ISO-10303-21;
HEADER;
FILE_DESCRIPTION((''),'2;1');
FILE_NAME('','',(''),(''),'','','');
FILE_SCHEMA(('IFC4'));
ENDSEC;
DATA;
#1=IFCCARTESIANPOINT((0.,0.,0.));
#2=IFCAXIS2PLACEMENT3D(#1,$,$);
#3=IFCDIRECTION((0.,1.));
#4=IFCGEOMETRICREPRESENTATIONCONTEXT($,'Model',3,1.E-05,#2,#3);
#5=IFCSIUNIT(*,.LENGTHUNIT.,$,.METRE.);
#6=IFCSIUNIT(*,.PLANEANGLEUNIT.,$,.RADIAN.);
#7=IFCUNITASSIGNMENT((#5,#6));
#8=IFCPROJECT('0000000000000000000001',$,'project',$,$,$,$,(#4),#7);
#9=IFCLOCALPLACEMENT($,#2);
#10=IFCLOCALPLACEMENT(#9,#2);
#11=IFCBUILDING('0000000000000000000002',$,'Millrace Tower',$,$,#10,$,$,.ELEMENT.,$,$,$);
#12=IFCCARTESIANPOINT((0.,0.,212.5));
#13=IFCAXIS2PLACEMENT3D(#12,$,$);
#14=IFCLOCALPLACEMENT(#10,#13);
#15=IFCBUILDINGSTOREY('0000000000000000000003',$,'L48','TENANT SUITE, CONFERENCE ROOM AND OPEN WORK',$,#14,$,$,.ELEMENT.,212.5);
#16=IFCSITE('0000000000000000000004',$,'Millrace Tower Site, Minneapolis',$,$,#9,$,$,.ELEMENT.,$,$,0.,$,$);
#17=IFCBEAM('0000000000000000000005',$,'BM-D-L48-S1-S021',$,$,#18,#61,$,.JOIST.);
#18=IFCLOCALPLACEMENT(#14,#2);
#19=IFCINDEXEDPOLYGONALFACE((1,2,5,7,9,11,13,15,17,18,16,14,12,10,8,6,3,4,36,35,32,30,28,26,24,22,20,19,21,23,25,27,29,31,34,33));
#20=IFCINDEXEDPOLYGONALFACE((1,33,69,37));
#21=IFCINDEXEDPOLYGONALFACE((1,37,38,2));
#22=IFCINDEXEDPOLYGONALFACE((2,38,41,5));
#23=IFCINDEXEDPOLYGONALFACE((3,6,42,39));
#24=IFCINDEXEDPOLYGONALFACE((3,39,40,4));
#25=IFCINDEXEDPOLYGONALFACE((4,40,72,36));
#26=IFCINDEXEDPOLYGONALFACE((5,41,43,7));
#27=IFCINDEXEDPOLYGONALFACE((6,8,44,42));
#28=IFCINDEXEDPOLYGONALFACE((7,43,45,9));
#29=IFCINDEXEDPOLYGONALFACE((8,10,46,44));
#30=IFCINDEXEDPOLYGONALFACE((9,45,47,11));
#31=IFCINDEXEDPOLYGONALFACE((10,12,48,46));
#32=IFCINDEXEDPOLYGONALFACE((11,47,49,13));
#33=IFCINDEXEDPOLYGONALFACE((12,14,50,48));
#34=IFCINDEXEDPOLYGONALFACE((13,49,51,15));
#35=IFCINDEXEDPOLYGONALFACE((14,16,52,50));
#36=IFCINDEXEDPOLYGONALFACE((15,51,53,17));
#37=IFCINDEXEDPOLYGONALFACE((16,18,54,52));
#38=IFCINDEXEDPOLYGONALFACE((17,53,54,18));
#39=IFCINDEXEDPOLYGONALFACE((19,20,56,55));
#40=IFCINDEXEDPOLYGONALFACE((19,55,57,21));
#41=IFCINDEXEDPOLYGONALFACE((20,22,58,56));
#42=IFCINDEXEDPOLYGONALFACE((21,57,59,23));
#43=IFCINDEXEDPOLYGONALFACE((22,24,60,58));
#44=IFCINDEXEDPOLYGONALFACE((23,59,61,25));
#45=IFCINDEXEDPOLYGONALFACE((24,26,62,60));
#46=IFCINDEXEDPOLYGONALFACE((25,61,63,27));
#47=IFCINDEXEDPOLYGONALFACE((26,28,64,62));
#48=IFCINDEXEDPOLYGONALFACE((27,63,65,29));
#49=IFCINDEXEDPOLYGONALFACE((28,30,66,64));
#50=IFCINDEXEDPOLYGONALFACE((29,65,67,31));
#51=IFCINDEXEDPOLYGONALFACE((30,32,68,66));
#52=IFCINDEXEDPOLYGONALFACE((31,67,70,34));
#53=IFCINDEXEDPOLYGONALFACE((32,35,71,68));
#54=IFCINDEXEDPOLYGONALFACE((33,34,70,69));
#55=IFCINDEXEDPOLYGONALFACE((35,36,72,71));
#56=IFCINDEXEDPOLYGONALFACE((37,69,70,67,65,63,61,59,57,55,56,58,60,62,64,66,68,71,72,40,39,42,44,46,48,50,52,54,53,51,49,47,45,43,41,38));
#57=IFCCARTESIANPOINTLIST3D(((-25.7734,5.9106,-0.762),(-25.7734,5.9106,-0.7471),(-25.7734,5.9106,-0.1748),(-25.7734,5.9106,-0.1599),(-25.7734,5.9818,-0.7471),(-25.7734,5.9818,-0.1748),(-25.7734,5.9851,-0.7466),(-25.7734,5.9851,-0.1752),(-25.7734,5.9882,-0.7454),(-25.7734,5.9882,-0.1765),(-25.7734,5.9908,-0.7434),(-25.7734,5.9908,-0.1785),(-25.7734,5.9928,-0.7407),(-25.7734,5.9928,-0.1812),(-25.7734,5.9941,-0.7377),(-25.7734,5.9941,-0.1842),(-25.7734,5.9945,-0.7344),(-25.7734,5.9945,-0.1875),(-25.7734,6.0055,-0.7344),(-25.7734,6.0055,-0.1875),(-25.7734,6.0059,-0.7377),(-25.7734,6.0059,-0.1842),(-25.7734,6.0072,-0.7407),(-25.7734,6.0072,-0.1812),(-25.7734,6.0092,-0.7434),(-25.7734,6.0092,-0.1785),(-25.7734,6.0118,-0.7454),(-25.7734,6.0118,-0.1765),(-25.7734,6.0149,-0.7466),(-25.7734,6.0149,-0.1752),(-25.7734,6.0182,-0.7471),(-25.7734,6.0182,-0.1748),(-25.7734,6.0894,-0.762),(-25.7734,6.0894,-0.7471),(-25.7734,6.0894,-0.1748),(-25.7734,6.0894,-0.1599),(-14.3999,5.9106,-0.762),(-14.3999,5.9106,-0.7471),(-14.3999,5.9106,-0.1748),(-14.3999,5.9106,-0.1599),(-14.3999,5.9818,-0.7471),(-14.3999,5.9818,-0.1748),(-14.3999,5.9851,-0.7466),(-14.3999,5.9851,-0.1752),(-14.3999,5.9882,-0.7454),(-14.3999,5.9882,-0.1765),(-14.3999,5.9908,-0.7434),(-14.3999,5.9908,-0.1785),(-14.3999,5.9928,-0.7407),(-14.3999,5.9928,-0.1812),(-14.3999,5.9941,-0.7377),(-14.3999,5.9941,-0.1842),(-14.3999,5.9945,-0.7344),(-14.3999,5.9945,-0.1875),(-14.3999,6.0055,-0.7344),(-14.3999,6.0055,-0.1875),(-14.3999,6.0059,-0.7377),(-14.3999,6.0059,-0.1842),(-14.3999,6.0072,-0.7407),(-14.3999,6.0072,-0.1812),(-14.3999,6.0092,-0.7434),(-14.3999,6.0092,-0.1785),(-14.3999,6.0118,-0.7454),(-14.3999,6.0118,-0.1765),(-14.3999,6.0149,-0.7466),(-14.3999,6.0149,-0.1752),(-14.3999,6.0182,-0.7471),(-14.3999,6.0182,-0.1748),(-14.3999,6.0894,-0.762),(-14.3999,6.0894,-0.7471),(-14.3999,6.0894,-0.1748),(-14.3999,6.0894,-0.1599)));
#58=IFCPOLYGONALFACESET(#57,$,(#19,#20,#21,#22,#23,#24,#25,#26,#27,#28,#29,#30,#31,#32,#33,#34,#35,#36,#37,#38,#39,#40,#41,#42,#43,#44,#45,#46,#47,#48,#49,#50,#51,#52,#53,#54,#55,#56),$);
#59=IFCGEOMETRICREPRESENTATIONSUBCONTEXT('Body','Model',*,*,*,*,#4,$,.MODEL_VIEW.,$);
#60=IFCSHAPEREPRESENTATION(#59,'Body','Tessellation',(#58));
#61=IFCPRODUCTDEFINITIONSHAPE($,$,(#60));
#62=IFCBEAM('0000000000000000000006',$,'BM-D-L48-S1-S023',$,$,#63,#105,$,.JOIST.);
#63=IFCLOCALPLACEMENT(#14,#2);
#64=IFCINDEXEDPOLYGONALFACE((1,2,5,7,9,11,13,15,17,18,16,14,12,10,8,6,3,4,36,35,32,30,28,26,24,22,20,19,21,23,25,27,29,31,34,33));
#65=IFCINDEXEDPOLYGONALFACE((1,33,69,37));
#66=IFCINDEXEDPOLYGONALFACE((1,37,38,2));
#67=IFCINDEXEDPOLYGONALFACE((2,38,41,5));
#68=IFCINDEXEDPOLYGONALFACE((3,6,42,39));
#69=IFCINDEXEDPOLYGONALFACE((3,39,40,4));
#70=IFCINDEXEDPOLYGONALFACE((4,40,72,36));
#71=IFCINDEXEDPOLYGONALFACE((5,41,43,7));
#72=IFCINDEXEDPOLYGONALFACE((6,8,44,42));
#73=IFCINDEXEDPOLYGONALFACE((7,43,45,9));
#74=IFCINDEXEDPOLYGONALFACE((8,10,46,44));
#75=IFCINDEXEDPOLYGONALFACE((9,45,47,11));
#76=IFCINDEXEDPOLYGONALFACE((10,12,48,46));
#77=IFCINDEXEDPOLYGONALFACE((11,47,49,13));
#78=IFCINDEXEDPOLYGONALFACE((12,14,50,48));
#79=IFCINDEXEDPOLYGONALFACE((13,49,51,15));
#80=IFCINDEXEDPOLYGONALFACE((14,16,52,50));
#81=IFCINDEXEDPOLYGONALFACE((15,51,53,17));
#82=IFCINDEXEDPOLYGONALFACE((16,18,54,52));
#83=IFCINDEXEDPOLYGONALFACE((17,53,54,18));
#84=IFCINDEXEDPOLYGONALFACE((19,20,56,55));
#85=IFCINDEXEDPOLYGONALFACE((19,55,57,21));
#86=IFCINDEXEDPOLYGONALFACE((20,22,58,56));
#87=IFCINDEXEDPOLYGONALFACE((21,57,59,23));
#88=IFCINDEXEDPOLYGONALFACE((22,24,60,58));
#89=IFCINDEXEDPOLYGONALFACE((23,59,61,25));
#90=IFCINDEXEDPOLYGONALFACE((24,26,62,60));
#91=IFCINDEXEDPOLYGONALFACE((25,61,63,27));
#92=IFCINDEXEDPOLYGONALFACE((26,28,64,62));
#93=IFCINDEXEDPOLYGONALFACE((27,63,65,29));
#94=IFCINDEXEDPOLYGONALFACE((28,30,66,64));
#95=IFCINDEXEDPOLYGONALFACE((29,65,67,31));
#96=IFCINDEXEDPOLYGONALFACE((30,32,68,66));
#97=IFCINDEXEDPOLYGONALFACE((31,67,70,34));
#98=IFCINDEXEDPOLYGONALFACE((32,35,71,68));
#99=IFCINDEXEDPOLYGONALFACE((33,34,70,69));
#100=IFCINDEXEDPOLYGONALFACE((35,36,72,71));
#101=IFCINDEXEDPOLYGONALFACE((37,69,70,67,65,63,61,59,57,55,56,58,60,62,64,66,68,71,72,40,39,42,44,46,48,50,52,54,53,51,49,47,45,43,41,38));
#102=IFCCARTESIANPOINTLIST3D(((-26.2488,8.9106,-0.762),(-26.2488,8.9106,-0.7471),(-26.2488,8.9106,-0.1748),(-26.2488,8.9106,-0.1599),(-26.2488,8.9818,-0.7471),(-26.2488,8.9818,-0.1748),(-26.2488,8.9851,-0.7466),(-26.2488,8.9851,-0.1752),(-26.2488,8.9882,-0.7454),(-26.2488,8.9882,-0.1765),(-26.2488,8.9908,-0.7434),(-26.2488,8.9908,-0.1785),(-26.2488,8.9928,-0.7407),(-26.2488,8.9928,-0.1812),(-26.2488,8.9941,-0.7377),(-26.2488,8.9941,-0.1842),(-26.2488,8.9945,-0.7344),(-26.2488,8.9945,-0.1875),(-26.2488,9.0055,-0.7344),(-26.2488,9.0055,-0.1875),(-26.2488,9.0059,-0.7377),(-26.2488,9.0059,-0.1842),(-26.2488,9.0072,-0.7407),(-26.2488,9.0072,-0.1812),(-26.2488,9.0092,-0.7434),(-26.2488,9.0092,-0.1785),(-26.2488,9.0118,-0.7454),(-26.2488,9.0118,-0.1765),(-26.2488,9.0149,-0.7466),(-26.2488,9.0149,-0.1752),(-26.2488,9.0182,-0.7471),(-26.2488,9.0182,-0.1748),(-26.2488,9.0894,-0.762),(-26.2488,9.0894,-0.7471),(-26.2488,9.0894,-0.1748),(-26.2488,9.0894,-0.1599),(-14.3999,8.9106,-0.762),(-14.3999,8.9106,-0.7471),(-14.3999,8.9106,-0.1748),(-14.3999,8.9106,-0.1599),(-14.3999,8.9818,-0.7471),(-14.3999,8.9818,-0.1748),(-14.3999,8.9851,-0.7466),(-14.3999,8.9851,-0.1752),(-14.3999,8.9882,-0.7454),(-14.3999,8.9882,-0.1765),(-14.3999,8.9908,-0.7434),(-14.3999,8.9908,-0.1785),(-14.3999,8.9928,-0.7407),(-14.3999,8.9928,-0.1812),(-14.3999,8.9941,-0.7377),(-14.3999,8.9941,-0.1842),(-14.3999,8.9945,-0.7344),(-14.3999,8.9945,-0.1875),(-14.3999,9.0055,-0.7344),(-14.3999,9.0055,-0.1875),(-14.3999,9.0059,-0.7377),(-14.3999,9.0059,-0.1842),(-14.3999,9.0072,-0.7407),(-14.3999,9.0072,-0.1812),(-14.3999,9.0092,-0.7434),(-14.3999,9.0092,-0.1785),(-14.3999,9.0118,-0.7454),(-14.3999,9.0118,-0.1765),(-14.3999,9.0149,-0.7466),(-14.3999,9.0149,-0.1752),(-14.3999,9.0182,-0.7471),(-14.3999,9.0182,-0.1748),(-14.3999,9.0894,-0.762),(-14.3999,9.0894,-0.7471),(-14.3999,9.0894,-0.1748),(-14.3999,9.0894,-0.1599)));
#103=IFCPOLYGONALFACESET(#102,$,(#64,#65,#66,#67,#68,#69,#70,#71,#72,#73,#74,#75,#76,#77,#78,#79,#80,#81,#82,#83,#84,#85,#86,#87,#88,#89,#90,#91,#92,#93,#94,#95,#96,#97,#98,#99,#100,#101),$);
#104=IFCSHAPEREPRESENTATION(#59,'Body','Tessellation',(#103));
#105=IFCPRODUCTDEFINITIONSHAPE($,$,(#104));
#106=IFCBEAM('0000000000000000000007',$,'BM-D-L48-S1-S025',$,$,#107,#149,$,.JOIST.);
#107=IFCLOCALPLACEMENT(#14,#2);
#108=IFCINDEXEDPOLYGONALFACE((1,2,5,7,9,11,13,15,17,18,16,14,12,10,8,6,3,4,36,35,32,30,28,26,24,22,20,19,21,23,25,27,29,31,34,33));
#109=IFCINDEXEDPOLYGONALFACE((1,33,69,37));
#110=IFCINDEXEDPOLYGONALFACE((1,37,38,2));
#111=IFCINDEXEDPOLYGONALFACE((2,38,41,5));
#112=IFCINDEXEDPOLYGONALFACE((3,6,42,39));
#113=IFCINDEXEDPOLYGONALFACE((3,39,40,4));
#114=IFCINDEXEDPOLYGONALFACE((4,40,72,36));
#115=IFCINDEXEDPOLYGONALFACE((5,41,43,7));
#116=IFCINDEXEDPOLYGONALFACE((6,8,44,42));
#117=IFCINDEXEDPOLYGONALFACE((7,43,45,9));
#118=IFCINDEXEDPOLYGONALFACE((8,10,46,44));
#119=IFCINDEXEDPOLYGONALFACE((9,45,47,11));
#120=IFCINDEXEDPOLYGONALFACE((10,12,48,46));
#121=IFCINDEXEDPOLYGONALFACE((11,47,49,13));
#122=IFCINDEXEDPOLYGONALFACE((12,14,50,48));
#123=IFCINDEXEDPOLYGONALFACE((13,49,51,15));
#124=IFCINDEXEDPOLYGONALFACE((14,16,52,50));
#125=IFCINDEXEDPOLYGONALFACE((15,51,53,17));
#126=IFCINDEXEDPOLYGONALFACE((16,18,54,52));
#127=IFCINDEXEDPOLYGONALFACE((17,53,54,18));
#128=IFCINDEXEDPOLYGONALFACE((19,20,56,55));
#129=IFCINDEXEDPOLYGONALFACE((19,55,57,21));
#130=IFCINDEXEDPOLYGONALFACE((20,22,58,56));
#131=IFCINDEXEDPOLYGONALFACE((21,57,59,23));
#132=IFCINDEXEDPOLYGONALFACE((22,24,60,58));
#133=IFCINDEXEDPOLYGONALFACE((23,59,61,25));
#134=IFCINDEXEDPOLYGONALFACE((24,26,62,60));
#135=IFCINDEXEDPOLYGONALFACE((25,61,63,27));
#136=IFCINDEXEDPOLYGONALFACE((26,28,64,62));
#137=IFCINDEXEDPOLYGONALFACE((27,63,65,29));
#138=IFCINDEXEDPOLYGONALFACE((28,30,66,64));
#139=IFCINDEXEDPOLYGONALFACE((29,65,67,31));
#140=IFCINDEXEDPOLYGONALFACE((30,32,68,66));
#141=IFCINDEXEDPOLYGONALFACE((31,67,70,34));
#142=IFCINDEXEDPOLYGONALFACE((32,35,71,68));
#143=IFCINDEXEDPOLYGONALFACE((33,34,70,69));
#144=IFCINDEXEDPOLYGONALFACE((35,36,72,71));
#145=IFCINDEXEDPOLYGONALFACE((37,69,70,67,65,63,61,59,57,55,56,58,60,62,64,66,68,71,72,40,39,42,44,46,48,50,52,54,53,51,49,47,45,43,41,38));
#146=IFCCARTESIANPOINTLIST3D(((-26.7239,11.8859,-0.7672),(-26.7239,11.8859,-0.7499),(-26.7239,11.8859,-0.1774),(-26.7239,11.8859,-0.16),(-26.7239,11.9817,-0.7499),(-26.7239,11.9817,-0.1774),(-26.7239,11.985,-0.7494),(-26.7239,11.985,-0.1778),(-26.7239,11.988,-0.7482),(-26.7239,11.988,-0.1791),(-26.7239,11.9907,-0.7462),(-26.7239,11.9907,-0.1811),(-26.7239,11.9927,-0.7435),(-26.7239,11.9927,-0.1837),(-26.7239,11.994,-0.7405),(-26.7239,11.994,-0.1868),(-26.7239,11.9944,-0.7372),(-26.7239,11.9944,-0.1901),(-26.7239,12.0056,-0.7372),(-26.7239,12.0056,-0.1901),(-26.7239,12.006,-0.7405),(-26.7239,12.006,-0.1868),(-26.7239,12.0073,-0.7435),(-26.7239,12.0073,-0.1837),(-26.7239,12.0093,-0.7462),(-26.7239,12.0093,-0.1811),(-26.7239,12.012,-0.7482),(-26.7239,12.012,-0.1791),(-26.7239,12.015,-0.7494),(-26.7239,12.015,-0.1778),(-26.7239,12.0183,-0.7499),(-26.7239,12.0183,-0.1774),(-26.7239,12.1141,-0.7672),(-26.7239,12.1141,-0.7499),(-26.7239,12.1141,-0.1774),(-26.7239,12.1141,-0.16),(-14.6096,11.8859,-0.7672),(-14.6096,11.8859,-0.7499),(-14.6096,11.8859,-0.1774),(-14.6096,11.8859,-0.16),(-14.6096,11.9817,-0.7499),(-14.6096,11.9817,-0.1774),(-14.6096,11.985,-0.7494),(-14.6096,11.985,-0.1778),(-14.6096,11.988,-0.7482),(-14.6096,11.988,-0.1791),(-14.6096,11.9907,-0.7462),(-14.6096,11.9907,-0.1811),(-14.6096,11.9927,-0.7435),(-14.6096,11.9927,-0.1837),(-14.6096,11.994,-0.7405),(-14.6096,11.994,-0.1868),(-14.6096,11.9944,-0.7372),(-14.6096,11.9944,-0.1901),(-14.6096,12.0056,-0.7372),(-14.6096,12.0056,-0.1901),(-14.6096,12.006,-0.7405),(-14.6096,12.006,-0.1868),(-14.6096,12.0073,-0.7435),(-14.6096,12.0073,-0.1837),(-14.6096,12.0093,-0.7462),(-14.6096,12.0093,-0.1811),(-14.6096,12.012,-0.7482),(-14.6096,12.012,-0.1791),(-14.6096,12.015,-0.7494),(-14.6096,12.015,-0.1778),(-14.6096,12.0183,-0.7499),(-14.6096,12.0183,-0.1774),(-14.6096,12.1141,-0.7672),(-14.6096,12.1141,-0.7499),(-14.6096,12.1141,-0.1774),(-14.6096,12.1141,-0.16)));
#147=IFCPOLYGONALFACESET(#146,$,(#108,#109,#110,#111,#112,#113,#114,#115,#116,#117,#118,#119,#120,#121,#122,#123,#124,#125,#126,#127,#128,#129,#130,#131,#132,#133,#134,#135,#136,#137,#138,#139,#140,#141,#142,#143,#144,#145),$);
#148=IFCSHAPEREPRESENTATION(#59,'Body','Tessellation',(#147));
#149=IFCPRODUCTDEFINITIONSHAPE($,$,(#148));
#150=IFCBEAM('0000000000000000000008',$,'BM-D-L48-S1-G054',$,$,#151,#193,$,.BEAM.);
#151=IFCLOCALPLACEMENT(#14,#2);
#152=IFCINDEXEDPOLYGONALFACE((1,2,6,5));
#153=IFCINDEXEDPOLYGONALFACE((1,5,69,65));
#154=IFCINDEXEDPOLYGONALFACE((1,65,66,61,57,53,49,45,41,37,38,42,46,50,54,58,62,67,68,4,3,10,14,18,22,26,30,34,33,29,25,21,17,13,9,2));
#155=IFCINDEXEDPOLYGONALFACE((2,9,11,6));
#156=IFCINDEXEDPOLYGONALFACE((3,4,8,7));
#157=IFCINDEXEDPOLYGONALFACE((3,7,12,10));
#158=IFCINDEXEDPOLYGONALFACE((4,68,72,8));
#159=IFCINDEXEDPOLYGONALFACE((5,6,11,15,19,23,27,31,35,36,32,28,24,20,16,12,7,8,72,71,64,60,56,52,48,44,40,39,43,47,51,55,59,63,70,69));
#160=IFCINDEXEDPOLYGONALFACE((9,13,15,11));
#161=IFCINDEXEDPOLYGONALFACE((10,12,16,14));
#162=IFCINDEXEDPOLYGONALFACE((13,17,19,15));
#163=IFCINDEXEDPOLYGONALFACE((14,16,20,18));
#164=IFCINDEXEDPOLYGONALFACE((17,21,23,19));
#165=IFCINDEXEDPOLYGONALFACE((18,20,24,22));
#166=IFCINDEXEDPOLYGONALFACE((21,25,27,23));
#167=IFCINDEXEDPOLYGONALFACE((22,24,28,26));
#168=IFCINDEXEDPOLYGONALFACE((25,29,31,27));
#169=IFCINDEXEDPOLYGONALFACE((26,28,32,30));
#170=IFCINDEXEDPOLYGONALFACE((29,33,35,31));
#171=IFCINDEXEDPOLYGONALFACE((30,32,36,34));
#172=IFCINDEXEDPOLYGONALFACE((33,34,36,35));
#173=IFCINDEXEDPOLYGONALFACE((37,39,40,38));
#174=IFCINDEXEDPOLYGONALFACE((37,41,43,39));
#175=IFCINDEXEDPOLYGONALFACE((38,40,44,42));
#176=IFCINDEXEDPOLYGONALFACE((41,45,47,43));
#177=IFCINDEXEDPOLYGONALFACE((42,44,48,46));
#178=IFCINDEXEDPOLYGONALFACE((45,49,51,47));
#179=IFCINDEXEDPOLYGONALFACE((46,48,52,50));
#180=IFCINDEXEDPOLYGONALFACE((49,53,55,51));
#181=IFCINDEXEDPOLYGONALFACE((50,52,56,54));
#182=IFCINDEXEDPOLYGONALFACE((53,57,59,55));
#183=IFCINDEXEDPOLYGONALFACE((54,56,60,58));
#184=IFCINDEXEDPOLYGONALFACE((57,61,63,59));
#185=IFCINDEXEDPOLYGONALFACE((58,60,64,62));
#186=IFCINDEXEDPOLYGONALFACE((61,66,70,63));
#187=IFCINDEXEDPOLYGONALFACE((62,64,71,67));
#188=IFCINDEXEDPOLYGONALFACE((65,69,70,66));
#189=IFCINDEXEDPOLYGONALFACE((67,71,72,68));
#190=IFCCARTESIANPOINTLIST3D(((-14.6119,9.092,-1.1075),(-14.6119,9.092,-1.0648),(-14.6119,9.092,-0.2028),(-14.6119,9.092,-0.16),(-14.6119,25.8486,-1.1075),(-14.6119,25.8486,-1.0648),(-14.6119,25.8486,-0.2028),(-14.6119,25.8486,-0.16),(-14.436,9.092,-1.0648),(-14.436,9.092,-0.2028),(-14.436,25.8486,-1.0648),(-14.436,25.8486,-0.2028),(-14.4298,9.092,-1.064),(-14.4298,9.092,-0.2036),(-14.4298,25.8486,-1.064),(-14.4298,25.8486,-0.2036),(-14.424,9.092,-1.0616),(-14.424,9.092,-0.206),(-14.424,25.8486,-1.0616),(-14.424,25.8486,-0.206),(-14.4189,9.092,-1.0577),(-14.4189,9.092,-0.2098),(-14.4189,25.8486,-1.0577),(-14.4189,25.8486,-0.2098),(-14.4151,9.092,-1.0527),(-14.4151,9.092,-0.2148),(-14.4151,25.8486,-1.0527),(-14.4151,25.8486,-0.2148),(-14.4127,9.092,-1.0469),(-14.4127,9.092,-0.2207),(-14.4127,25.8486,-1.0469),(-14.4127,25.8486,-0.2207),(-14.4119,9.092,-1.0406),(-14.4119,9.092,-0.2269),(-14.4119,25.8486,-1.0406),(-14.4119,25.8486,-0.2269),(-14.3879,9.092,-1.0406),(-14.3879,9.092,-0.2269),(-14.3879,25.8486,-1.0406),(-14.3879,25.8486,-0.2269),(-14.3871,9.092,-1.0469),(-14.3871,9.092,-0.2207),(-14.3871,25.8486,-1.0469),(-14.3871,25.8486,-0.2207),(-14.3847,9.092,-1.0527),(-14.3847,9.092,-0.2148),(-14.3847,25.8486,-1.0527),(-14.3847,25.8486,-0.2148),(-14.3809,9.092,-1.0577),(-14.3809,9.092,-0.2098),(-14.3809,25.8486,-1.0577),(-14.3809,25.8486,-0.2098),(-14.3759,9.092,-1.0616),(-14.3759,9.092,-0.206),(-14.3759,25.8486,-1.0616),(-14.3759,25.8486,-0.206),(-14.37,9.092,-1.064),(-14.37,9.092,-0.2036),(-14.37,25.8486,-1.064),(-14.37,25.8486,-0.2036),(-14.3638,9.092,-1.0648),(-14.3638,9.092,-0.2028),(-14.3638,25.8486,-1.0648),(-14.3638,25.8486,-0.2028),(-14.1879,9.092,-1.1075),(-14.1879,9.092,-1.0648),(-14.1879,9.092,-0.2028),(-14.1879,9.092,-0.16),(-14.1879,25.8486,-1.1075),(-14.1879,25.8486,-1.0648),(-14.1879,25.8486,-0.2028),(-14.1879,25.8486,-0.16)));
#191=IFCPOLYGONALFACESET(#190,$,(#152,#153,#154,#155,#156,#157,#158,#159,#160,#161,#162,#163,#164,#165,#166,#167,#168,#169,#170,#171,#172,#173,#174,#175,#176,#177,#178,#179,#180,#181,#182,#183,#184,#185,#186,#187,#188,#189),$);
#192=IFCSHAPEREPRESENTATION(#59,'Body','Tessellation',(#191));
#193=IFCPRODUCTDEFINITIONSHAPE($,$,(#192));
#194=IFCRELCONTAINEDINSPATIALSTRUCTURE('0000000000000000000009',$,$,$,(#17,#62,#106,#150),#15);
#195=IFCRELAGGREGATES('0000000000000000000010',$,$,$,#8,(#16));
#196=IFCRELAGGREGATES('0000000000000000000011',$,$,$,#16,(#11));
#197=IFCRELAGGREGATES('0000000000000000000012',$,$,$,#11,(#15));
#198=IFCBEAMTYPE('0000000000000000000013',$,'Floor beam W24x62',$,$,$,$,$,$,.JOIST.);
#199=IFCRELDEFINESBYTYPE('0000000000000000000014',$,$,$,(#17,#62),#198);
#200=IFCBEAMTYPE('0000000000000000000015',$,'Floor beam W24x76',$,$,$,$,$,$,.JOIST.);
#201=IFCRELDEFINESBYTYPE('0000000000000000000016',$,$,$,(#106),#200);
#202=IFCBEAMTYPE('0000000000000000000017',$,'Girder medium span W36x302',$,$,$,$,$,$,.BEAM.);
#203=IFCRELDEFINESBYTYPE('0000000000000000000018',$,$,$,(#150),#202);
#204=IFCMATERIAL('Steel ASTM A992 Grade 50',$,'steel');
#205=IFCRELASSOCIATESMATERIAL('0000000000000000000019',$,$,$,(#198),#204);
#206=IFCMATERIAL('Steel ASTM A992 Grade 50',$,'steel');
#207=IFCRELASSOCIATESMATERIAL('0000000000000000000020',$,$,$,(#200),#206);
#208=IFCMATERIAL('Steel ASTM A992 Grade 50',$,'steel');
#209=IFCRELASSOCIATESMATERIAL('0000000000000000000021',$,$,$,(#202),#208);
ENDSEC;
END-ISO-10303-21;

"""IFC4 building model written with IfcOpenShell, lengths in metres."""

from ifc_helpers import new_model, si_unit, direction, frame, origin, origin_2d, place, context, subcontext, project, spatial, i_section, extrude, material, material_profile, profile_set, type_object, element, save


model = new_model("IFC4")

# Units and contexts
model_context = context("Model", 3, precision=1e-05, world=origin(), true_north=direction((0.0, 1.0)))
body_context = subcontext(model_context, "Body", "Model", "MODEL_VIEW")
ifc_project = project(units=[si_unit("LENGTHUNIT", "METRE"), si_unit("PLANEANGLEUNIT", "RADIAN")], contexts=[model_context])

# Site, building, storey
site_placement = place(None, origin())
site = spatial("IfcSite", under=ifc_project, at=site_placement, Name="Millrace Tower Site, Minneapolis", CompositionType="ELEMENT", RefElevation=0.0)
building_placement = place(site_placement, origin())
building = spatial("IfcBuilding", under=site, at=building_placement, Name="Millrace Tower", CompositionType="ELEMENT")
storey_placement = place(building_placement, frame((0.0, 0.0, 212.5)))
storey = spatial("IfcBuildingStorey", under=building, at=storey_placement, Name="L48", Description="TENANT SUITE, CONFERENCE ROOM AND OPEN WORK", CompositionType="ELEMENT", Elevation=212.5)

# Beams
ifc_material_1 = material(Name="Steel ASTM A992 Grade 50", Category="steel")
ifc_material_profile_1 = material_profile(ifc_material_1, i_section(OverallWidth=0.1787, OverallDepth=0.6021, WebThickness=0.011, FlangeThickness=0.0149, FilletRadius=0.0127, at=origin_2d()))
ifc_profile_set_1 = profile_set([ifc_material_profile_1], Name="Steel ASTM A992 Grade 50")
beam_type_1 = type_object("IfcBeamType", Name="Floor beam W24x62", PredefinedType="JOIST", material=ifc_profile_set_1)
beam_1_placement = place(storey_placement, frame((-25.7734, 6.0, -0.4609), z_axis=(1.0, 0.0, 0.0), x_axis=(0.0, 1.0, 0.0)))
element("IfcBeam", 1, at=beam_1_placement, inside=storey, type_object=beam_type_1, Name="BM-D-L48-S1-S021", PredefinedType="JOIST", context=body_context, shape_type="SweptSolid", body=[
    extrude(i_section(OverallWidth=0.1787, OverallDepth=0.6021, WebThickness=0.011, FlangeThickness=0.0149, FilletRadius=0.0127, at=origin_2d()), origin(), (0.0, 0.0, 1.0), 11.3735),
])
beam_2_placement = place(storey_placement, frame((-26.2488, 9.0, -0.4609), z_axis=(1.0, 0.0, 0.0), x_axis=(0.0, 1.0, 0.0)))
element("IfcBeam", 2, at=beam_2_placement, inside=storey, type_object=beam_type_1, Name="BM-D-L48-S1-S023", PredefinedType="JOIST", context=body_context, shape_type="SweptSolid", body=[
    extrude(i_section(OverallWidth=0.1787, OverallDepth=0.6021, WebThickness=0.011, FlangeThickness=0.0149, FilletRadius=0.0127, at=origin_2d()), origin(), (0.0, 0.0, 1.0), 11.8489),
])
ifc_material_2 = material(Name="Steel ASTM A992 Grade 50", Category="steel")
ifc_material_profile_2 = material_profile(ifc_material_2, i_section(OverallWidth=0.2283, OverallDepth=0.6072, WebThickness=0.0112, FlangeThickness=0.0173, FilletRadius=0.0127, at=origin_2d()))
ifc_profile_set_2 = profile_set([ifc_material_profile_2], Name="Steel ASTM A992 Grade 50")
beam_type_2 = type_object("IfcBeamType", Name="Floor beam W24x76", PredefinedType="JOIST", material=ifc_profile_set_2)
beam_3_placement = place(storey_placement, frame((-26.7239, 12.0, -0.4636), z_axis=(1.0, 0.0, 0.0), x_axis=(0.0, 1.0, 0.0)))
element("IfcBeam", 3, at=beam_3_placement, inside=storey, type_object=beam_type_2, Name="BM-D-L48-S1-S025", PredefinedType="JOIST", context=body_context, shape_type="SweptSolid", body=[
    extrude(i_section(OverallWidth=0.2283, OverallDepth=0.6072, WebThickness=0.0112, FlangeThickness=0.0173, FilletRadius=0.0127, at=origin_2d()), origin(), (0.0, 0.0, 1.0), 12.1143),
])
ifc_material_3 = material(Name="Steel ASTM A992 Grade 50", Category="steel")
ifc_material_profile_3 = material_profile(ifc_material_3, i_section(OverallWidth=0.4241, OverallDepth=0.9475, WebThickness=0.0239, FlangeThickness=0.0427, FilletRadius=0.0242, at=origin_2d()))
ifc_profile_set_3 = profile_set([ifc_material_profile_3], Name="Steel ASTM A992 Grade 50")
beam_type_3 = type_object("IfcBeamType", Name="Girder medium span W36x302", PredefinedType="BEAM", material=ifc_profile_set_3)
beam_4_placement = place(storey_placement, frame((-14.3999, 9.092, -0.6338), z_axis=(0.0, 1.0, 0.0), x_axis=(-1.0, 0.0, 0.0)))
element("IfcBeam", 4, at=beam_4_placement, inside=storey, type_object=beam_type_3, Name="BM-D-L48-S1-G054", PredefinedType="BEAM", context=body_context, shape_type="SweptSolid", body=[
    extrude(i_section(OverallWidth=0.4241, OverallDepth=0.9475, WebThickness=0.0239, FlangeThickness=0.0427, FilletRadius=0.0242, at=origin_2d()), origin(), (0.0, 0.0, 1.0), 16.7566),
])

save(model, "model.ifc")
